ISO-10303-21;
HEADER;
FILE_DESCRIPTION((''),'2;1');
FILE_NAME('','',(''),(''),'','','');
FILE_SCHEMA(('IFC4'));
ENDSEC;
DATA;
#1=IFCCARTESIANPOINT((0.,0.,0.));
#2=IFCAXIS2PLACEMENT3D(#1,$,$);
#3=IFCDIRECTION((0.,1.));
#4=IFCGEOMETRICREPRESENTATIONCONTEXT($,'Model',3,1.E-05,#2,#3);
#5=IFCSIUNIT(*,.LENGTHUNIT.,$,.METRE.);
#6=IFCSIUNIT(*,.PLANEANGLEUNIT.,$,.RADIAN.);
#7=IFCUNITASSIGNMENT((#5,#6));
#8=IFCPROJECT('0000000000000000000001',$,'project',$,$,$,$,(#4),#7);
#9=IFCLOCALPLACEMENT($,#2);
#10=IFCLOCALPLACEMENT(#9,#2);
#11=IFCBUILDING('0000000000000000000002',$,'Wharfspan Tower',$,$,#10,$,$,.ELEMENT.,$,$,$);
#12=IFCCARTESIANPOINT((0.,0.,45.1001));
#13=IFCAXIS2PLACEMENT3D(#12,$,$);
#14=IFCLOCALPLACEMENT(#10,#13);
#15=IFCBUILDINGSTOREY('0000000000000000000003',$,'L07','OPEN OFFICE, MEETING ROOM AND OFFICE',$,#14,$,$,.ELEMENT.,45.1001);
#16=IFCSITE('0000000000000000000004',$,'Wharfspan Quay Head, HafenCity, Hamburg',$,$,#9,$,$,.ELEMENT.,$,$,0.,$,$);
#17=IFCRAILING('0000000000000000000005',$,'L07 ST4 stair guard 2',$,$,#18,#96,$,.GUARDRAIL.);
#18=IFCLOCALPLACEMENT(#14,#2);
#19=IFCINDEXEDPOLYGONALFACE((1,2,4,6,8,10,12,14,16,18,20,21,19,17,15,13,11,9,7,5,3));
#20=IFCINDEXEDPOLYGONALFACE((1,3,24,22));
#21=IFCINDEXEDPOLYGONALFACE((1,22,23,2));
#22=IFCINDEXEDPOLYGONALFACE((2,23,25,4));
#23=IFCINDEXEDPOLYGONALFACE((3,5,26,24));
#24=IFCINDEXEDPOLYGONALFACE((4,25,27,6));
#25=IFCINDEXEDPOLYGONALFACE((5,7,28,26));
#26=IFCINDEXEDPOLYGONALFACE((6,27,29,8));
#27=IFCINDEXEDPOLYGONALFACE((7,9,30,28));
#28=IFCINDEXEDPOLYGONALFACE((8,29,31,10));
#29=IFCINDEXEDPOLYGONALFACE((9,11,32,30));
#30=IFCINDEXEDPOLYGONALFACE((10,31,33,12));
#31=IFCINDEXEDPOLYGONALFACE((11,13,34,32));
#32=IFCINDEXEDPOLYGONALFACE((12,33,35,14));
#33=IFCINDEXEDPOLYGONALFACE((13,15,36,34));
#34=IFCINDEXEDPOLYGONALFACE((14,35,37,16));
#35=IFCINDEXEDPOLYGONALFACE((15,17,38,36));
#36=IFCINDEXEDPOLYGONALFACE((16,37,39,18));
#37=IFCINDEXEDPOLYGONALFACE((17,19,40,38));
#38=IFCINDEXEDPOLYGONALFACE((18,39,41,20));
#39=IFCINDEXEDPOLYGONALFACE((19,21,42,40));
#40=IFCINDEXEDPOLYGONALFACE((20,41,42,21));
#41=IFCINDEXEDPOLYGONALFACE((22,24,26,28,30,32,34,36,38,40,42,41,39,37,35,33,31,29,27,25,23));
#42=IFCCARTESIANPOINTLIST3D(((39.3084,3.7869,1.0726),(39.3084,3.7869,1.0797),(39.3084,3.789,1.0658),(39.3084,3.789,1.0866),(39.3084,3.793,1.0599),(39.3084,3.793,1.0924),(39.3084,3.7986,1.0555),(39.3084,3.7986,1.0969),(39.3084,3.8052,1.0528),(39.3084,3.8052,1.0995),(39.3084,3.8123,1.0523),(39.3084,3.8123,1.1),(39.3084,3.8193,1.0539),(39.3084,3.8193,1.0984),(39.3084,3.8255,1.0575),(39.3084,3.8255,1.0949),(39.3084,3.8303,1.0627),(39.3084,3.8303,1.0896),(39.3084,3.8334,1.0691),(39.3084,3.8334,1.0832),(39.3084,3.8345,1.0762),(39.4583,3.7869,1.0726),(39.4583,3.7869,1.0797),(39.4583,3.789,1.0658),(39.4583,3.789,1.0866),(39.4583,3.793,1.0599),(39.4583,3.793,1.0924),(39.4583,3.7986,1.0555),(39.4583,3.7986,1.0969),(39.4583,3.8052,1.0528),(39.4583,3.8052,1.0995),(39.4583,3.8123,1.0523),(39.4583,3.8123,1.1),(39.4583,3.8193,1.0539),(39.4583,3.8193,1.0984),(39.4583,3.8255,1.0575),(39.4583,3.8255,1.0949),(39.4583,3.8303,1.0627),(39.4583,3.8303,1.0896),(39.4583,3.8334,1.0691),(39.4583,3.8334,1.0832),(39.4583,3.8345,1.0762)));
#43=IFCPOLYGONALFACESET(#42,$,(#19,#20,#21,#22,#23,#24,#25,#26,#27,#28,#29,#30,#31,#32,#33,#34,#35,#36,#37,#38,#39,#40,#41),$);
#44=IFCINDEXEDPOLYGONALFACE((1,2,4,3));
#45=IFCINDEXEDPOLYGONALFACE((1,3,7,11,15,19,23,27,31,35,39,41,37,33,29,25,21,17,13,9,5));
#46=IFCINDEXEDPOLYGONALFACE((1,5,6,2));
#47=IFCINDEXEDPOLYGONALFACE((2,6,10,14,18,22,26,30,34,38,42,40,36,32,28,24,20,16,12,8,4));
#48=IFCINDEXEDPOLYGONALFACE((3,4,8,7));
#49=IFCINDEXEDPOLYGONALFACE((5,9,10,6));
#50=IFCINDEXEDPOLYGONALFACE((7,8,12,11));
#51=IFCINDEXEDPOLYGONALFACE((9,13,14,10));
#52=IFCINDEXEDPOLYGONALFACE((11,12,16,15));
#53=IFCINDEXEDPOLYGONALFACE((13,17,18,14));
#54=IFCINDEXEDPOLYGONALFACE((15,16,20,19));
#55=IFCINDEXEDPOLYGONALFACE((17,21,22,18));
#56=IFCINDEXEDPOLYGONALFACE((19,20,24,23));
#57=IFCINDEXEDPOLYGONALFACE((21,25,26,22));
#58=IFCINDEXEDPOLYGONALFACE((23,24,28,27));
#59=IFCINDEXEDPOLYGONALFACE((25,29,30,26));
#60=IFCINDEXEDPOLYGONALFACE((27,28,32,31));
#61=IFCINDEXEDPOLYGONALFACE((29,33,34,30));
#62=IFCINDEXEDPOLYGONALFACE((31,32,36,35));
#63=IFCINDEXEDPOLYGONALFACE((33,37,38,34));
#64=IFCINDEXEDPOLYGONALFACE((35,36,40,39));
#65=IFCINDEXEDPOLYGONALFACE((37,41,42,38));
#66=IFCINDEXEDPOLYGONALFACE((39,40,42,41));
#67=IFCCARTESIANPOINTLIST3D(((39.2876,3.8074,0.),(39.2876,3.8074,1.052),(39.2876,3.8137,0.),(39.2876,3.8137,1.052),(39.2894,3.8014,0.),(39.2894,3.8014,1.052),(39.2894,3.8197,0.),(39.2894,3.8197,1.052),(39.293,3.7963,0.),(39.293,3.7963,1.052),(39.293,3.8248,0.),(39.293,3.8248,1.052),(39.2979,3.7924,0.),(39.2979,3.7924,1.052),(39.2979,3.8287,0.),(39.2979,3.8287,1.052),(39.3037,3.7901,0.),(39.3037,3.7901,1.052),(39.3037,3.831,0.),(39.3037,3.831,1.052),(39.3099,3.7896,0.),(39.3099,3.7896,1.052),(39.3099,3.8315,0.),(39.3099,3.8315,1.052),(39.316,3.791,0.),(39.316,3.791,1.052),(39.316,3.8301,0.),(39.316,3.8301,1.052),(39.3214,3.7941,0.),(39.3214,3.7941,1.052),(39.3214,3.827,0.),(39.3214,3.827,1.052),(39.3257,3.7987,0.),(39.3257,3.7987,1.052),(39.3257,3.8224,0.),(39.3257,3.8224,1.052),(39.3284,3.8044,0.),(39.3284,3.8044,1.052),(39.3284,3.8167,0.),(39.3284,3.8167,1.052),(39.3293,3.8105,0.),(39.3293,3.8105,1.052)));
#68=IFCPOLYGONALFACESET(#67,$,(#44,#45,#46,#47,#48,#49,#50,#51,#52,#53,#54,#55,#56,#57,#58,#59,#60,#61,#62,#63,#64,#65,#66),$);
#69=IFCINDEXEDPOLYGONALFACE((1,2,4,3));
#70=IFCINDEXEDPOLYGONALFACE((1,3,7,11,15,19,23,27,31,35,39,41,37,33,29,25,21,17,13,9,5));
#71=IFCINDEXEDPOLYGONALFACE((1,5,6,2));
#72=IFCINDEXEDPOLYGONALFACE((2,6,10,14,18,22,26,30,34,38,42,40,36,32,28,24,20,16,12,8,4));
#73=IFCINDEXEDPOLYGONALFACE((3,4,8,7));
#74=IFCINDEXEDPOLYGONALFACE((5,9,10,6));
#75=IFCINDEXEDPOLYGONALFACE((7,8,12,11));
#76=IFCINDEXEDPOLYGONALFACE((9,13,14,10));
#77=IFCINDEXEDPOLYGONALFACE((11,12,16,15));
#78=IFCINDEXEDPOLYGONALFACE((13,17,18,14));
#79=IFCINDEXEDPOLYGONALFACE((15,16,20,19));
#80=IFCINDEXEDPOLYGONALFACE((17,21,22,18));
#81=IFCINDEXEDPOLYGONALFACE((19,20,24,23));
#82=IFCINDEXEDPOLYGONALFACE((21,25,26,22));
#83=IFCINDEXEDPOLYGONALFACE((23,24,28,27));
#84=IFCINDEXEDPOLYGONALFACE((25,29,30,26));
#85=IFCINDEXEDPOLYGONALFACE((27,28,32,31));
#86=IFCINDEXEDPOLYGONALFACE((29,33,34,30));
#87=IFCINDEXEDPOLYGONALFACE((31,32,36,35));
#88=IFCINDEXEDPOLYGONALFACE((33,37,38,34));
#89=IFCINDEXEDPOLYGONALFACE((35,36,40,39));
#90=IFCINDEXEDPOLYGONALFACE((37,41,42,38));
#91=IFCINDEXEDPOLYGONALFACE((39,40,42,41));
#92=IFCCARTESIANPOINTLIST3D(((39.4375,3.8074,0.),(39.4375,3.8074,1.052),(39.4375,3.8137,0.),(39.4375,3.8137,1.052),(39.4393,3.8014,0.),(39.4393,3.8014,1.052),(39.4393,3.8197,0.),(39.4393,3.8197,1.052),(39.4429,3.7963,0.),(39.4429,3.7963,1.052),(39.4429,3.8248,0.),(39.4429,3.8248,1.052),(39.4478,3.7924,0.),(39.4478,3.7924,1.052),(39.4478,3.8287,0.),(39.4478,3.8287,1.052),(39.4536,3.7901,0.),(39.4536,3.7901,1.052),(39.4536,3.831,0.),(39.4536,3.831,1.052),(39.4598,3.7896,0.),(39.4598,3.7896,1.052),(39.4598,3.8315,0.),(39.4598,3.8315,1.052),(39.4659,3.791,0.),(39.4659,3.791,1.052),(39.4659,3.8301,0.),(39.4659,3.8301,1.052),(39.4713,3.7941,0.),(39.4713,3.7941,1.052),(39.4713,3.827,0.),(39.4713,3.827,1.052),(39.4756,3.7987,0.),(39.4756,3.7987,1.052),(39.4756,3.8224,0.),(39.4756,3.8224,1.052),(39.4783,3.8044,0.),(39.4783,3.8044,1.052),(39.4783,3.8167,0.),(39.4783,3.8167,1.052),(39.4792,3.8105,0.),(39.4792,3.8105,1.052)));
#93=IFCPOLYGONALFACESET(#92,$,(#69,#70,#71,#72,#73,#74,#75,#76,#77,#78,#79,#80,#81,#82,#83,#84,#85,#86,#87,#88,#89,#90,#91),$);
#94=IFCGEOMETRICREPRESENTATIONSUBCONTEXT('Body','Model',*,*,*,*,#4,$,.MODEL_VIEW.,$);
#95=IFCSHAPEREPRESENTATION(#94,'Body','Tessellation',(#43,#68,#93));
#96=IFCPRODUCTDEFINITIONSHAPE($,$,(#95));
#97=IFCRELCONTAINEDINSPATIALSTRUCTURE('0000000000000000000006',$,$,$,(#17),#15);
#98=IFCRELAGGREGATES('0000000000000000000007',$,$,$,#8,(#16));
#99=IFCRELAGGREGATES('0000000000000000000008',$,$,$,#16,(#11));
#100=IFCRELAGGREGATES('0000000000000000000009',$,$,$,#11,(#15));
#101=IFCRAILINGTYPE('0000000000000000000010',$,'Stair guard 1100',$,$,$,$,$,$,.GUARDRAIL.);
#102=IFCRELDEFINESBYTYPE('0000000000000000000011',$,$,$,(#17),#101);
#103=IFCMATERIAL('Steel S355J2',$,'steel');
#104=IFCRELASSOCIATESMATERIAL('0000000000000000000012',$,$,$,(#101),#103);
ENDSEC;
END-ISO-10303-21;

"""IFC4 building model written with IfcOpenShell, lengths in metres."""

from ifc_helpers import new_model, si_unit, direction, frame, origin, origin_2d, place, context, subcontext, project, spatial, circle, extrude, material, type_object, element, save


model = new_model("IFC4")

# Units and contexts
model_context = context("Model", 3, precision=1e-05, world=origin(), true_north=direction((0.0, 1.0)))
body_context = subcontext(model_context, "Body", "Model", "MODEL_VIEW")
ifc_project = project(units=[si_unit("LENGTHUNIT", "METRE"), si_unit("PLANEANGLEUNIT", "RADIAN")], contexts=[model_context])

# Site, building, storey
site_placement = place(None, origin())
site = spatial("IfcSite", under=ifc_project, at=site_placement, Name="Wharfspan Quay Head, HafenCity, Hamburg", CompositionType="ELEMENT", RefElevation=0.0)
building_placement = place(site_placement, origin())
building = spatial("IfcBuilding", under=site, at=building_placement, Name="Wharfspan Tower", CompositionType="ELEMENT")
storey_placement = place(building_placement, frame((0.0, 0.0, 45.1001)))
storey = spatial("IfcBuildingStorey", under=building, at=storey_placement, Name="L07", Description="OPEN OFFICE, MEETING ROOM AND OFFICE", CompositionType="ELEMENT", Elevation=45.1001)

# Shared definitions
ifc_material_1 = material(Name="Steel S355J2", Category="steel")

# Railing
railing_type_1 = type_object("IfcRailingType", Name="Stair guard 1100", PredefinedType="GUARDRAIL", material=ifc_material_1)
railing_1_placement = place(storey_placement, frame((39.3083, 3.8105, 0.0)))
element("IfcRailing", 1, at=railing_1_placement, inside=storey, type_object=railing_type_1, Name="L07 ST4 stair guard 2", PredefinedType="GUARDRAIL", context=body_context, shape_type="SweptSolid", body=[
    extrude(circle(Radius=0.0239, at=origin_2d()), frame((0.0, 0.0, 1.0762), z_axis=(1.0, 0.0, 0.0), x_axis=(0.0, 1.0, 0.0)), (0.0, 0.0, 1.0), 0.1499),
    extrude(circle(Radius=0.021, at=origin_2d()), origin(), (0.0, 0.0, 1.0), 1.052),
    extrude(circle(Radius=0.021, at=origin_2d()), frame((0.1499, 0.0, 0.0)), (0.0, 0.0, 1.0), 1.052),
])

save(model, "model.ifc")
